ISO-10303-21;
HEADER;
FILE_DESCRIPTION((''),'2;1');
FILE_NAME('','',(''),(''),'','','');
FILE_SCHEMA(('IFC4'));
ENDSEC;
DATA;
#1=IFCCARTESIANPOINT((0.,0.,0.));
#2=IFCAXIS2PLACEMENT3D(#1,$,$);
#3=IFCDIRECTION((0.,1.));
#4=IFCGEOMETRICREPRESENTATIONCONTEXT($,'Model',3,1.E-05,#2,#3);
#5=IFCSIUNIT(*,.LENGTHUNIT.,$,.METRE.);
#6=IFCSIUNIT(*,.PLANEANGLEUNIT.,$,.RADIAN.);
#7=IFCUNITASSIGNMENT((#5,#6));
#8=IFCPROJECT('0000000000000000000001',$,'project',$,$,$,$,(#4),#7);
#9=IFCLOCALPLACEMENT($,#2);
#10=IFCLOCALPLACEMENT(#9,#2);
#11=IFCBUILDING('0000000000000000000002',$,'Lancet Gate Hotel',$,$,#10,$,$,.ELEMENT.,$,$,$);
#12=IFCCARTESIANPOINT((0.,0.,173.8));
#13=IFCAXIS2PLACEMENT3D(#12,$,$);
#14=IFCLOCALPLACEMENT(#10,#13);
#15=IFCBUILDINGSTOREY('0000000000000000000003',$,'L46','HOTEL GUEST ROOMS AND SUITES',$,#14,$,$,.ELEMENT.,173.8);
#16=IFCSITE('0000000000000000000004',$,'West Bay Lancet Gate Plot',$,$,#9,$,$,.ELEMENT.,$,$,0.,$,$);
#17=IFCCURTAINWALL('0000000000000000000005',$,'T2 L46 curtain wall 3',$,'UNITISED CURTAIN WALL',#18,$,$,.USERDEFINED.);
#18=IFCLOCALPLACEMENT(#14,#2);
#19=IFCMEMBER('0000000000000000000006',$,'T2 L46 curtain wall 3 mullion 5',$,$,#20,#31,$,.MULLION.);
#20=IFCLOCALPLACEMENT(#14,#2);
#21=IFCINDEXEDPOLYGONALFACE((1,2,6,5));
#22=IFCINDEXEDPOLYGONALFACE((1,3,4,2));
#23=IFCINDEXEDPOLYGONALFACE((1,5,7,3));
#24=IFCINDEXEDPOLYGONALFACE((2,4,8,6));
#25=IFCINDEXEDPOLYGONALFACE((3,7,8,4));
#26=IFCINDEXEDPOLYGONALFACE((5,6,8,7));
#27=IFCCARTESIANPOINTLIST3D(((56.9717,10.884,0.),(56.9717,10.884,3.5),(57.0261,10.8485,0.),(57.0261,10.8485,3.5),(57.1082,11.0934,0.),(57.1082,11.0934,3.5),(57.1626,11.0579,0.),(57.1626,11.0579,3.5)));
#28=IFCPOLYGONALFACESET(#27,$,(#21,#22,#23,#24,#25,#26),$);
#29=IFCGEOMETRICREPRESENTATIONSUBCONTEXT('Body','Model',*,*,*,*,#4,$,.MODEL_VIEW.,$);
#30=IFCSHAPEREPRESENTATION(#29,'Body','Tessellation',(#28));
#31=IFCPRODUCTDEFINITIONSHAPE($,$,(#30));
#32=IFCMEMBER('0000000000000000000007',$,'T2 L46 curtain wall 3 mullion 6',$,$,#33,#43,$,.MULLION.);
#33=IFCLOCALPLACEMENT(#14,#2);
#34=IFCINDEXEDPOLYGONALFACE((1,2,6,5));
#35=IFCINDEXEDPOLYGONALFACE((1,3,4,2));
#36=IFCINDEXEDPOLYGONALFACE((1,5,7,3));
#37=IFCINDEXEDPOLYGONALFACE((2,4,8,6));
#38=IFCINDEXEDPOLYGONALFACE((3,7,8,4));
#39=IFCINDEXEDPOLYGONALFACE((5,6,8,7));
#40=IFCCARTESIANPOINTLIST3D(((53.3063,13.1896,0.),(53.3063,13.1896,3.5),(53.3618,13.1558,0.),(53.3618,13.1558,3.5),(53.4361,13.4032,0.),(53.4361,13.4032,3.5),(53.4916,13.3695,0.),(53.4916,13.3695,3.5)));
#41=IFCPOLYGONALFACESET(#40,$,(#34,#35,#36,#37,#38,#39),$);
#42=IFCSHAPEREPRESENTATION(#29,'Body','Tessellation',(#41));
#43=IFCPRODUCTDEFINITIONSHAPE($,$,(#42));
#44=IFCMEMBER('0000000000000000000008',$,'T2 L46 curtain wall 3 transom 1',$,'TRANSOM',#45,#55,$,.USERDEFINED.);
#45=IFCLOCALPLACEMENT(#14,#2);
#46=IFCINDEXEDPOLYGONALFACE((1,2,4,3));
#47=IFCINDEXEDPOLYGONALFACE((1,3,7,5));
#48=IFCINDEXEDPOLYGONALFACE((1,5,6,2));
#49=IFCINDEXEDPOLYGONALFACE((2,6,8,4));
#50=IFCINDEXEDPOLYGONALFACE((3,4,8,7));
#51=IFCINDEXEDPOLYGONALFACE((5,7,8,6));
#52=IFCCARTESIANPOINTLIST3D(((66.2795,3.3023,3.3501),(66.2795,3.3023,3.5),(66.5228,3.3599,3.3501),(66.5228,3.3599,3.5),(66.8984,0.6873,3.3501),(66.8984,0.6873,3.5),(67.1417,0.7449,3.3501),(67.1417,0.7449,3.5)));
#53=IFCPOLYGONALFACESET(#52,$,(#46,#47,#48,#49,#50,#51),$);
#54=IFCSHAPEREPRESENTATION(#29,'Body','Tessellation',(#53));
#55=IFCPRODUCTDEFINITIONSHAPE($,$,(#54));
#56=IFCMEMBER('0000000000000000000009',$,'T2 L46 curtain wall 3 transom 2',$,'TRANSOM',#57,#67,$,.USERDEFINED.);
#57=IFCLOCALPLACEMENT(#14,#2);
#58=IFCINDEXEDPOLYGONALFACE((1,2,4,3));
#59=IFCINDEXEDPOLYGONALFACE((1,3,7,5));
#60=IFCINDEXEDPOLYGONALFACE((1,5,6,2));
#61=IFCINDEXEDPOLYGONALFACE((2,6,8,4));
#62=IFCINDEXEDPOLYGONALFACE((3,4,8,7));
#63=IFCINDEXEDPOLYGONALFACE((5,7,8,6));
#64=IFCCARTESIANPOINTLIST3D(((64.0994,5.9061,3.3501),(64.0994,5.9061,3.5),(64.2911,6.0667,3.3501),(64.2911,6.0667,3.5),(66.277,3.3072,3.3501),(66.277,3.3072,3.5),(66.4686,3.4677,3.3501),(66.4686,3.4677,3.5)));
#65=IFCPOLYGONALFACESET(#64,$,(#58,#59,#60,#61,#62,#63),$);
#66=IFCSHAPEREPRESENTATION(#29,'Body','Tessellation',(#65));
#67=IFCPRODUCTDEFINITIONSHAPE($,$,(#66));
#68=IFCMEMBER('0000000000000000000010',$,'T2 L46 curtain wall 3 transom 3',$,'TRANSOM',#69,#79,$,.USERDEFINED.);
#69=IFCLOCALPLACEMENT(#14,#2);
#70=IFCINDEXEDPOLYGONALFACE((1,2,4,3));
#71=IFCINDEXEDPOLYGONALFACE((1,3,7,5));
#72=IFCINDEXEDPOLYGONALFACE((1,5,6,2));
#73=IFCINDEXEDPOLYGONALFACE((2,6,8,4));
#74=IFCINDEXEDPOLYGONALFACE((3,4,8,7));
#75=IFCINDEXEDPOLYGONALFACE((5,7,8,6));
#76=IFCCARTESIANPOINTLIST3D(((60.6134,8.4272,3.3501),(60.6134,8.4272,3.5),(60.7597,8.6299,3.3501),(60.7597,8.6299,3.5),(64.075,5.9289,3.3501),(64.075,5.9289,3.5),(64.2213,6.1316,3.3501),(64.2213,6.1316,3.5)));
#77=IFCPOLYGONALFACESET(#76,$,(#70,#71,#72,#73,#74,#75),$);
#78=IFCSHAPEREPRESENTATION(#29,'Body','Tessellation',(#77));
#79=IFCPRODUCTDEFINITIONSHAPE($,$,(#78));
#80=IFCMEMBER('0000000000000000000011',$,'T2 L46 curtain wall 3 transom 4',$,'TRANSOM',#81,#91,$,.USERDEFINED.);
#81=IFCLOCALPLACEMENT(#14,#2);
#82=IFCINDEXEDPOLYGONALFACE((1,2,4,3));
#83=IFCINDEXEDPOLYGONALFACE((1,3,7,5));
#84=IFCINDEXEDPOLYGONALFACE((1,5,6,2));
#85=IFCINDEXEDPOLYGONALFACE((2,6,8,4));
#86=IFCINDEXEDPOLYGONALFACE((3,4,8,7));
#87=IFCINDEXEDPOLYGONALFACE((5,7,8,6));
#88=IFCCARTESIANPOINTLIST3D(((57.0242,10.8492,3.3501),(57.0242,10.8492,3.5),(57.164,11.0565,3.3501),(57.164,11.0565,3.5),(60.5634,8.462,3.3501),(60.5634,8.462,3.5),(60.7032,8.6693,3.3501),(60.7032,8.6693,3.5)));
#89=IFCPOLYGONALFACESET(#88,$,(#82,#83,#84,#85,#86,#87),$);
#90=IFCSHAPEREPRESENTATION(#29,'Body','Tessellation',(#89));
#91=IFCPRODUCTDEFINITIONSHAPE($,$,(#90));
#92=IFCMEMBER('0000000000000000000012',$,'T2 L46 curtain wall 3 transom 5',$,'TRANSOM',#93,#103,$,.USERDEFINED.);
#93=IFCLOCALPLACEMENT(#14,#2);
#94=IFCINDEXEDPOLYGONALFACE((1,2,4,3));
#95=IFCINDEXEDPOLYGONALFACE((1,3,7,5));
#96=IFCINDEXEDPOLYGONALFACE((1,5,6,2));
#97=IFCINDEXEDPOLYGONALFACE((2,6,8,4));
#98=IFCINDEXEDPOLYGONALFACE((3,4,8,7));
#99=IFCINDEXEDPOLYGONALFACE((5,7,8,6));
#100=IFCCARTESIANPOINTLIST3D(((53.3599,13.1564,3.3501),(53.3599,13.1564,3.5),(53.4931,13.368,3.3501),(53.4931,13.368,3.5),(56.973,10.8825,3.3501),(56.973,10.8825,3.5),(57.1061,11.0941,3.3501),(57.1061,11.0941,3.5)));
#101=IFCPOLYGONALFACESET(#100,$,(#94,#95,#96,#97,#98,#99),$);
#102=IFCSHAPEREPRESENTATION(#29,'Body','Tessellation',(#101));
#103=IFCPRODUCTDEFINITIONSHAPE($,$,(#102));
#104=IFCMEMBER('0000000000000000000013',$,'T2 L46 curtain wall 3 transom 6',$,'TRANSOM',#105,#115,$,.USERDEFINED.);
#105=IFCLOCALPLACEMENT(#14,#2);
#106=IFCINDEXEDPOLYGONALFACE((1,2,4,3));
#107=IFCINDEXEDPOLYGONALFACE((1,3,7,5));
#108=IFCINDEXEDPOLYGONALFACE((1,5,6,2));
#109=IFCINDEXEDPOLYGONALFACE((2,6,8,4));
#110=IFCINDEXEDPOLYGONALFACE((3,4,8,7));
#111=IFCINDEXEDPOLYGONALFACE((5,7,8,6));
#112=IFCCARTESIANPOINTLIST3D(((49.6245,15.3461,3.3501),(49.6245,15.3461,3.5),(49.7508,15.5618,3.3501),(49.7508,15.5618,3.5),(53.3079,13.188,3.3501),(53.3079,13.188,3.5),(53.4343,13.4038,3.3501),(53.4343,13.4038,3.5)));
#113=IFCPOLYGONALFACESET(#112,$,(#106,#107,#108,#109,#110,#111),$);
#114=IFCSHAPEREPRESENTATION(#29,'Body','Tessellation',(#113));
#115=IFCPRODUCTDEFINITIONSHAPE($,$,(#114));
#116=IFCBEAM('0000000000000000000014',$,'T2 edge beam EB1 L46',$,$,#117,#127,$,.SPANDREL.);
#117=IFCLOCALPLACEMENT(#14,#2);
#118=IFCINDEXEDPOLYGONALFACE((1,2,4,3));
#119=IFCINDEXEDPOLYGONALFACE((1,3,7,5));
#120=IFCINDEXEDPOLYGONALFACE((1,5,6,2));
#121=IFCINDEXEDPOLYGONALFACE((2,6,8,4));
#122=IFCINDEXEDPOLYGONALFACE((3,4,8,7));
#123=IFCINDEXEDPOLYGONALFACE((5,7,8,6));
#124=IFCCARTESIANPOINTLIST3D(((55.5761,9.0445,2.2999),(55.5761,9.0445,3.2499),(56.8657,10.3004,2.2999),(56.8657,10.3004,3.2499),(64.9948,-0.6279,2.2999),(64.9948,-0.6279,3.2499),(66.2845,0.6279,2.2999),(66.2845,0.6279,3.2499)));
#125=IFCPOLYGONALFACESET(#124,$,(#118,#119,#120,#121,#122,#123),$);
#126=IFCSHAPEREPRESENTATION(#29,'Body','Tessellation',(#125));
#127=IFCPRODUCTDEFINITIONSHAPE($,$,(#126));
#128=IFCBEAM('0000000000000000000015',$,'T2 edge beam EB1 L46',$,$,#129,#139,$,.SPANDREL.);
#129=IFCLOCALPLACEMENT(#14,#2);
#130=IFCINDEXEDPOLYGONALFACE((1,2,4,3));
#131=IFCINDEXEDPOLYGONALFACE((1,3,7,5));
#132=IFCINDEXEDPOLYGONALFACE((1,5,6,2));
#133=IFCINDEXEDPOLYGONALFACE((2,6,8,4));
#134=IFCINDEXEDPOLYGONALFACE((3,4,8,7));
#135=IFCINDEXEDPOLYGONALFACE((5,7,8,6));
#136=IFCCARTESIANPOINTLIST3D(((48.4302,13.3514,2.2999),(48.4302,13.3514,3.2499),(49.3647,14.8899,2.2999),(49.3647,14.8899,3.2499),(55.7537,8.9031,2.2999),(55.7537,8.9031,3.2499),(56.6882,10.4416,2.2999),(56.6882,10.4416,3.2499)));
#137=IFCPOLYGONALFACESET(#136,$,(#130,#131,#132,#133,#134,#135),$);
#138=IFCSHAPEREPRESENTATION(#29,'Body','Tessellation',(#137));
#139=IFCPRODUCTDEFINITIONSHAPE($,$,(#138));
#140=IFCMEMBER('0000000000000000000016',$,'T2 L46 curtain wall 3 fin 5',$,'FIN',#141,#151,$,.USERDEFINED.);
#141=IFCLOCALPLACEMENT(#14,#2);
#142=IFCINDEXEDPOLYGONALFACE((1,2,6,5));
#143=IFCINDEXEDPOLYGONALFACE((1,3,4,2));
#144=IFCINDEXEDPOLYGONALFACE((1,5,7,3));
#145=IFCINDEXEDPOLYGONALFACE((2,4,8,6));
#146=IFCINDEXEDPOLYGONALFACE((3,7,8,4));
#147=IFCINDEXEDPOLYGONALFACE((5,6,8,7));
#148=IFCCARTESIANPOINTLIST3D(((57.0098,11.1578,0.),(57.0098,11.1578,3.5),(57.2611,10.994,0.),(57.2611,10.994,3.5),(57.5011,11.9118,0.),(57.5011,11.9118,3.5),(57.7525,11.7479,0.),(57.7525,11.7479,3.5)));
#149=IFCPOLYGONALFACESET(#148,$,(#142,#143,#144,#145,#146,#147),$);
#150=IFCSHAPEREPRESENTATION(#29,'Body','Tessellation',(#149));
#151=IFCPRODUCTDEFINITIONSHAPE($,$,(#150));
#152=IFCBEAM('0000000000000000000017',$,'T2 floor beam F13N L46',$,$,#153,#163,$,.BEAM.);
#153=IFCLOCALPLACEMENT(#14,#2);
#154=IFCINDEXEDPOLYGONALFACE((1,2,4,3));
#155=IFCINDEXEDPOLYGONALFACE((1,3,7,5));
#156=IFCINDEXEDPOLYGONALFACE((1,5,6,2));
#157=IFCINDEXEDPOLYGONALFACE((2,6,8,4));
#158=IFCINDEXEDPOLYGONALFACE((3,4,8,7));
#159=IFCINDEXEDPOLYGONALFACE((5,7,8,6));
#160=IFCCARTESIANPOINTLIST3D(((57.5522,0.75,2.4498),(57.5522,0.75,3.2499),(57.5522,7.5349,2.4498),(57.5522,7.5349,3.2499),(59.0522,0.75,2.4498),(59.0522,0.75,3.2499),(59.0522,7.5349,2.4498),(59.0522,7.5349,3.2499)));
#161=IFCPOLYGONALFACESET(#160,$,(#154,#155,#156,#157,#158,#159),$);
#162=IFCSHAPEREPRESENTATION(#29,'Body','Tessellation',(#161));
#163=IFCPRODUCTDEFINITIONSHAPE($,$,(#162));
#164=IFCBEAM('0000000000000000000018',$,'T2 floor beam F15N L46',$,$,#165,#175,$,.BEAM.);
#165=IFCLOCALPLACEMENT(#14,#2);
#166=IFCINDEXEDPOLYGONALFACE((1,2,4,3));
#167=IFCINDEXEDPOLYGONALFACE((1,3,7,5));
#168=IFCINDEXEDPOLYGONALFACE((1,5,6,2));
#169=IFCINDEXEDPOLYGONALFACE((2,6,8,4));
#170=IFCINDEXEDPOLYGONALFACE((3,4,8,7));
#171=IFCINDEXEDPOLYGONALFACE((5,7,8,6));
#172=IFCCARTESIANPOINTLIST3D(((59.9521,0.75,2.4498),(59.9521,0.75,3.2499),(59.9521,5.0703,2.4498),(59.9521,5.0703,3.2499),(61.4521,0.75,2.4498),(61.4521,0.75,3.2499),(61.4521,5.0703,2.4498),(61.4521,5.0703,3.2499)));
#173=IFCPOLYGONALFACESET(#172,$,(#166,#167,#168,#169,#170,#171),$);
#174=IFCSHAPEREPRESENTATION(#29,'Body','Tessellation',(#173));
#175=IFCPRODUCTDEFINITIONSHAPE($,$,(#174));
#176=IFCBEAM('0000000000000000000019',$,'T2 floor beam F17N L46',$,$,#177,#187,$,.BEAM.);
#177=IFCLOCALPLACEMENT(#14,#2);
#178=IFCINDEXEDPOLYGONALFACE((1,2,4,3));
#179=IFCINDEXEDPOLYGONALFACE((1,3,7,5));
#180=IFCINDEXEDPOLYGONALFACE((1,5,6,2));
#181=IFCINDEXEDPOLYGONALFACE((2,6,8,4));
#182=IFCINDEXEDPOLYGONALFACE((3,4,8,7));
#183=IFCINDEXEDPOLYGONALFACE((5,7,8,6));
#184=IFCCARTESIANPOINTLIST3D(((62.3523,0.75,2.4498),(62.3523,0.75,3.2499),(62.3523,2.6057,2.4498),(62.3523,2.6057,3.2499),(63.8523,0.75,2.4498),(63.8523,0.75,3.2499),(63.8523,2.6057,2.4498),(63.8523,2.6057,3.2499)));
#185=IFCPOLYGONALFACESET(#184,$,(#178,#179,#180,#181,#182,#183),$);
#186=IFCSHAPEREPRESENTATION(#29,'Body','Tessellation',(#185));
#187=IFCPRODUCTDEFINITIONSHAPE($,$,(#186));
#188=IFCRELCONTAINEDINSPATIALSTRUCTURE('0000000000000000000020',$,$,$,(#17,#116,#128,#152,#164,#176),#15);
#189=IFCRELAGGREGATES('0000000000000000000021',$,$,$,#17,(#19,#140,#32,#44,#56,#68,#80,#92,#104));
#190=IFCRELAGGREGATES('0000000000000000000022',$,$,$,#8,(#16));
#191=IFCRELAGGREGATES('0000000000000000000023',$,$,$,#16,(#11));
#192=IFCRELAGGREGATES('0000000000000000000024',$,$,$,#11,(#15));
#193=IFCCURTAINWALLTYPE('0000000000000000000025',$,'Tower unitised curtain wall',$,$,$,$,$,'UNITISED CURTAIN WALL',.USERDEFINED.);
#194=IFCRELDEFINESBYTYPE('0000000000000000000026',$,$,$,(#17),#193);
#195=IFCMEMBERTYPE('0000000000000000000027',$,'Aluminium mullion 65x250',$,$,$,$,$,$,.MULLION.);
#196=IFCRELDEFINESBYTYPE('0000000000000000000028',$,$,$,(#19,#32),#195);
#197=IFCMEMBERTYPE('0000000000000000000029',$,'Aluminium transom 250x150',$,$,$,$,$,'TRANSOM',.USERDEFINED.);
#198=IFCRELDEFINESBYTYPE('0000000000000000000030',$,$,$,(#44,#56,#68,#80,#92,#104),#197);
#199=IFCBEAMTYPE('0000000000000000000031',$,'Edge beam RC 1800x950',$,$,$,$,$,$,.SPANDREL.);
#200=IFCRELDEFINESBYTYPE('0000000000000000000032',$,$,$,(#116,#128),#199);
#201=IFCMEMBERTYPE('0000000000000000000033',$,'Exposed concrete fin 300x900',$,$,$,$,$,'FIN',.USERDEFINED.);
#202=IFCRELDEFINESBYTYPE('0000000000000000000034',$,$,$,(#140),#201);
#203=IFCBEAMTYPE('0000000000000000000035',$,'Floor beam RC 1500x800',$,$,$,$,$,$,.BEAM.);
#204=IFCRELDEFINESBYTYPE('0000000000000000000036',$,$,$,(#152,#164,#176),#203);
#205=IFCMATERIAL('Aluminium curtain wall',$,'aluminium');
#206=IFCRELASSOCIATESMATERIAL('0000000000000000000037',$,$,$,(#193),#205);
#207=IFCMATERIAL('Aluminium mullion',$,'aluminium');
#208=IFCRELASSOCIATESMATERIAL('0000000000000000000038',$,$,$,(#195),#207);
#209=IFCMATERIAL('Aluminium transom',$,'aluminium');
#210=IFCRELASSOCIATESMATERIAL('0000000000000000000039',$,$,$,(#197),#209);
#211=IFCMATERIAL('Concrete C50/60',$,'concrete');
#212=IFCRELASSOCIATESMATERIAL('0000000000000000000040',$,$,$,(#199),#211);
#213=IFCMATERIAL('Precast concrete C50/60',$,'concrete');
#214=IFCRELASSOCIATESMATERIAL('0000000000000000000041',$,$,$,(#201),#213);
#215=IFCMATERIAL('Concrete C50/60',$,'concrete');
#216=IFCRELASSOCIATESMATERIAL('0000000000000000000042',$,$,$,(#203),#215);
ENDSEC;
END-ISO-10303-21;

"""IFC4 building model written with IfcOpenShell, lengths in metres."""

from ifc_helpers import new_model, si_unit, direction, frame, origin, origin_2d, place, context, subcontext, project, spatial, rectangle, extrude, material, material_profile, profile_set, type_object, element, aggregate, save


model = new_model("IFC4")

# Units and contexts
model_context = context("Model", 3, precision=1e-05, world=origin(), true_north=direction((0.0, 1.0)))
body_context = subcontext(model_context, "Body", "Model", "MODEL_VIEW")
ifc_project = project(units=[si_unit("LENGTHUNIT", "METRE"), si_unit("PLANEANGLEUNIT", "RADIAN")], contexts=[model_context])

# Site, building, storey
site_placement = place(None, origin())
site = spatial("IfcSite", under=ifc_project, at=site_placement, Name="West Bay Lancet Gate Plot", CompositionType="ELEMENT", RefElevation=0.0)
building_placement = place(site_placement, origin())
building = spatial("IfcBuilding", under=site, at=building_placement, Name="Lancet Gate Hotel", CompositionType="ELEMENT")
storey_placement = place(building_placement, frame((0.0, 0.0, 173.8)))
storey = spatial("IfcBuildingStorey", under=building, at=storey_placement, Name="L46", Description="HOTEL GUEST ROOMS AND SUITES", CompositionType="ELEMENT", Elevation=173.8)

# Curtain wall, members
ifc_material_1 = material(Name="Aluminium curtain wall", Category="aluminium")
curtain_wall_type = type_object("IfcCurtainWallType", Name="Tower unitised curtain wall", ElementType="UNITISED CURTAIN WALL", PredefinedType="USERDEFINED", material=ifc_material_1)
curtain_wall_placement = place(storey_placement, origin())
curtain_wall = element("IfcCurtainWall", 1, at=curtain_wall_placement, inside=storey, type_object=curtain_wall_type, Name="T2 L46 curtain wall 3", ObjectType="UNITISED CURTAIN WALL", PredefinedType="USERDEFINED")
ifc_material_2 = material(Name="Aluminium mullion", Category="aluminium")
ifc_material_profile_1 = material_profile(ifc_material_2, rectangle(XDim=0.0649, YDim=0.25, at=origin_2d()), Name="MULLION 65x250")
ifc_profile_set_1 = profile_set([ifc_material_profile_1], Name="Aluminium mullion")
member_type_1 = type_object("IfcMemberType", Name="Aluminium mullion 65x250", PredefinedType="MULLION", material=ifc_profile_set_1)
member_1_placement = place(storey_placement, frame((57.0671, 10.9709, 0.0), z_axis=(0.0, 0.0, 1.0), x_axis=(-0.837801, 0.545976, 0.0)))
member_1 = element("IfcMember", 2, at=member_1_placement, type_object=member_type_1, Name="T2 L46 curtain wall 3 mullion 5", PredefinedType="MULLION", context=body_context, shape_type="SweptSolid", body=[
    extrude(rectangle(XDim=0.0649, YDim=0.25, at=origin_2d()), origin(), (0.0, 0.0, 1.0), 3.5),
])
member_2_placement = place(storey_placement, frame((53.3989, 13.2795, 0.0), z_axis=(0.0, 0.0, 1.0), x_axis=(-0.854691, 0.519137, 0.0)))
member_2 = element("IfcMember", 3, at=member_2_placement, type_object=member_type_1, Name="T2 L46 curtain wall 3 mullion 6", PredefinedType="MULLION", context=body_context, shape_type="SweptSolid", body=[
    extrude(rectangle(XDim=0.0649, YDim=0.25, at=origin_2d()), origin(), (0.0, 0.0, 1.0), 3.5),
])
ifc_material_3 = material(Name="Aluminium transom", Category="aluminium")
ifc_material_profile_2 = material_profile(ifc_material_3, rectangle(XDim=0.25, YDim=0.1499, at=origin_2d()), Name="TRANSOM 250x150")
ifc_profile_set_2 = profile_set([ifc_material_profile_2], Name="Aluminium transom")
member_type_2 = type_object("IfcMemberType", Name="Aluminium transom 250x150", ElementType="TRANSOM", PredefinedType="USERDEFINED", material=ifc_profile_set_2)
member_3_placement = place(storey_placement, frame((67.02, 0.7161, 3.425), z_axis=(-0.23031, 0.973117, 0.0), x_axis=(-0.973117, -0.23031, 0.0)))
member_3 = element("IfcMember", 4, at=member_3_placement, type_object=member_type_2, Name="T2 L46 curtain wall 3 transom 1", ObjectType="TRANSOM", PredefinedType="USERDEFINED", context=body_context, shape_type="SweptSolid", body=[
    extrude(rectangle(XDim=0.25, YDim=0.1499, at=origin_2d()), origin(), (0.0, 0.0, 1.0), 2.6873),
])
member_4_placement = place(storey_placement, frame((66.3728, 3.3875, 3.425), z_axis=(-0.642229, 0.766513, 0.0), x_axis=(-0.766513, -0.642229, 0.0)))
member_4 = element("IfcMember", 5, at=member_4_placement, type_object=member_type_2, Name="T2 L46 curtain wall 3 transom 2", ObjectType="TRANSOM", PredefinedType="USERDEFINED", context=body_context, shape_type="SweptSolid", body=[
    extrude(rectangle(XDim=0.25, YDim=0.1499, at=origin_2d()), origin(), (0.0, 0.0, 1.0), 3.3906),
])
member_5_placement = place(storey_placement, frame((64.1482, 6.0303, 3.425), z_axis=(-0.81088, 0.585213, 0.0), x_axis=(-0.585213, -0.81088, 0.0)))
member_5 = element("IfcMember", 6, at=member_5_placement, type_object=member_type_2, Name="T2 L46 curtain wall 3 transom 3", ObjectType="TRANSOM", PredefinedType="USERDEFINED", context=body_context, shape_type="SweptSolid", body=[
    extrude(rectangle(XDim=0.25, YDim=0.1499, at=origin_2d()), origin(), (0.0, 0.0, 1.0), 4.269),
])
member_6_placement = place(storey_placement, frame((60.6333, 8.5657, 3.425), z_axis=(-0.829047, 0.559179, 0.0), x_axis=(-0.559179, -0.829047, 0.0)))
member_6 = element("IfcMember", 7, at=member_6_placement, type_object=member_type_2, Name="T2 L46 curtain wall 3 transom 4", ObjectType="TRANSOM", PredefinedType="USERDEFINED", context=body_context, shape_type="SweptSolid", body=[
    extrude(rectangle(XDim=0.25, YDim=0.1499, at=origin_2d()), origin(), (0.0, 0.0, 1.0), 4.269),
])
member_7_placement = place(storey_placement, frame((57.0396, 10.9883, 3.425), z_axis=(-0.846333, 0.532654, 0.0), x_axis=(-0.532654, -0.846333, 0.0)))
member_7 = element("IfcMember", 8, at=member_7_placement, type_object=member_type_2, Name="T2 L46 curtain wall 3 transom 5", ObjectType="TRANSOM", PredefinedType="USERDEFINED", context=body_context, shape_type="SweptSolid", body=[
    extrude(rectangle(XDim=0.25, YDim=0.1499, at=origin_2d()), origin(), (0.0, 0.0, 1.0), 4.269),
])
member_8_placement = place(storey_placement, frame((53.3711, 13.2959, 3.425), z_axis=(-0.862825, 0.505502, 0.0), x_axis=(-0.505502, -0.862825, 0.0)))
member_8 = element("IfcMember", 9, at=member_8_placement, type_object=member_type_2, Name="T2 L46 curtain wall 3 transom 6", ObjectType="TRANSOM", PredefinedType="USERDEFINED", context=body_context, shape_type="SweptSolid", body=[
    extrude(rectangle(XDim=0.25, YDim=0.1499, at=origin_2d()), origin(), (0.0, 0.0, 1.0), 4.269),
])

# Beams
ifc_material_4 = material(Name="Concrete C50/60", Category="concrete")
ifc_material_profile_3 = material_profile(ifc_material_4, rectangle(XDim=1.8, YDim=0.95, at=origin_2d()), Name="RC 1800x950")
ifc_profile_set_3 = profile_set([ifc_material_profile_3], Name="Concrete C50/60")
beam_type_1 = type_object("IfcBeamType", Name="Edge beam RC 1800x950", PredefinedType="SPANDREL", material=ifc_profile_set_3)
beam_1_placement = place(storey_placement, frame((65.6396, 0.0, 2.7749), z_axis=(-0.69765, 0.716439, 0.0), x_axis=(-0.716439, -0.69765, 0.0)))
element("IfcBeam", 10, at=beam_1_placement, inside=storey, type_object=beam_type_1, Name="T2 edge beam EB1 L46", PredefinedType="SPANDREL", context=body_context, shape_type="SweptSolid", body=[
    extrude(rectangle(XDim=1.8, YDim=0.95, at=origin_2d()), origin(), (0.0, 0.0, 1.0), 13.5007),
])
beam_2_placement = place(storey_placement, frame((56.2209, 9.6724, 2.7749), z_axis=(-0.854692, 0.519135, 0.0), x_axis=(-0.519135, -0.854692, 0.0)))
element("IfcBeam", 11, at=beam_2_placement, inside=storey, type_object=beam_type_1, Name="T2 edge beam EB1 L46", PredefinedType="SPANDREL", context=body_context, shape_type="SweptSolid", body=[
    extrude(rectangle(XDim=1.8, YDim=0.95, at=origin_2d()), origin(), (0.0, 0.0, 1.0), 8.5686),
])

# Member
ifc_material_5 = material(Name="Precast concrete C50/60", Category="concrete")
ifc_material_profile_4 = material_profile(ifc_material_5, rectangle(XDim=0.3, YDim=0.8999, at=origin_2d()), Name="FIN 300x900")
ifc_profile_set_4 = profile_set([ifc_material_profile_4], Name="Precast concrete C50/60")
member_type_3 = type_object("IfcMemberType", Name="Exposed concrete fin 300x900", ElementType="FIN", PredefinedType="USERDEFINED", material=ifc_profile_set_4)
member_9_placement = place(storey_placement, frame((57.3811, 11.4529, 0.0), z_axis=(0.0, 0.0, 1.0), x_axis=(-0.837801, 0.545976, 0.0)))
member_9 = element("IfcMember", 12, at=member_9_placement, type_object=member_type_3, Name="T2 L46 curtain wall 3 fin 5", ObjectType="FIN", PredefinedType="USERDEFINED", context=body_context, shape_type="SweptSolid", body=[
    extrude(rectangle(XDim=0.3, YDim=0.8999, at=origin_2d()), origin(), (0.0, 0.0, 1.0), 3.5),
])

# Beams
ifc_material_6 = material(Name="Concrete C50/60", Category="concrete")
ifc_material_profile_5 = material_profile(ifc_material_6, rectangle(XDim=1.5, YDim=0.8, at=origin_2d()), Name="RC 1500x800")
ifc_profile_set_5 = profile_set([ifc_material_profile_5], Name="Concrete C50/60")
beam_type_2 = type_object("IfcBeamType", Name="Floor beam RC 1500x800", PredefinedType="BEAM", material=ifc_profile_set_5)
beam_3_placement = place(storey_placement, frame((58.3022, 0.75, 2.8499), z_axis=(0.0, 1.0, 0.0), x_axis=(-1.0, 0.0, 0.0)))
element("IfcBeam", 13, at=beam_3_placement, inside=storey, type_object=beam_type_2, Name="T2 floor beam F13N L46", PredefinedType="BEAM", context=body_context, shape_type="SweptSolid", body=[
    extrude(rectangle(XDim=1.5, YDim=0.8, at=origin_2d()), origin(), (0.0, 0.0, 1.0), 6.7849),
])
beam_4_placement = place(storey_placement, frame((60.7021, 0.75, 2.8499), z_axis=(0.0, 1.0, 0.0), x_axis=(-1.0, 0.0, 0.0)))
element("IfcBeam", 14, at=beam_4_placement, inside=storey, type_object=beam_type_2, Name="T2 floor beam F15N L46", PredefinedType="BEAM", context=body_context, shape_type="SweptSolid", body=[
    extrude(rectangle(XDim=1.5, YDim=0.8, at=origin_2d()), origin(), (0.0, 0.0, 1.0), 4.3203),
])
beam_5_placement = place(storey_placement, frame((63.1023, 0.75, 2.8499), z_axis=(0.0, 1.0, 0.0), x_axis=(-1.0, 0.0, 0.0)))
element("IfcBeam", 15, at=beam_5_placement, inside=storey, type_object=beam_type_2, Name="T2 floor beam F17N L46", PredefinedType="BEAM", context=body_context, shape_type="SweptSolid", body=[
    extrude(rectangle(XDim=1.5, YDim=0.8, at=origin_2d()), origin(), (0.0, 0.0, 1.0), 1.8557),
])

aggregate(curtain_wall, [member_1, member_9, member_2, member_3, member_4, member_5, member_6, member_7, member_8])

save(model, "model.ifc")
